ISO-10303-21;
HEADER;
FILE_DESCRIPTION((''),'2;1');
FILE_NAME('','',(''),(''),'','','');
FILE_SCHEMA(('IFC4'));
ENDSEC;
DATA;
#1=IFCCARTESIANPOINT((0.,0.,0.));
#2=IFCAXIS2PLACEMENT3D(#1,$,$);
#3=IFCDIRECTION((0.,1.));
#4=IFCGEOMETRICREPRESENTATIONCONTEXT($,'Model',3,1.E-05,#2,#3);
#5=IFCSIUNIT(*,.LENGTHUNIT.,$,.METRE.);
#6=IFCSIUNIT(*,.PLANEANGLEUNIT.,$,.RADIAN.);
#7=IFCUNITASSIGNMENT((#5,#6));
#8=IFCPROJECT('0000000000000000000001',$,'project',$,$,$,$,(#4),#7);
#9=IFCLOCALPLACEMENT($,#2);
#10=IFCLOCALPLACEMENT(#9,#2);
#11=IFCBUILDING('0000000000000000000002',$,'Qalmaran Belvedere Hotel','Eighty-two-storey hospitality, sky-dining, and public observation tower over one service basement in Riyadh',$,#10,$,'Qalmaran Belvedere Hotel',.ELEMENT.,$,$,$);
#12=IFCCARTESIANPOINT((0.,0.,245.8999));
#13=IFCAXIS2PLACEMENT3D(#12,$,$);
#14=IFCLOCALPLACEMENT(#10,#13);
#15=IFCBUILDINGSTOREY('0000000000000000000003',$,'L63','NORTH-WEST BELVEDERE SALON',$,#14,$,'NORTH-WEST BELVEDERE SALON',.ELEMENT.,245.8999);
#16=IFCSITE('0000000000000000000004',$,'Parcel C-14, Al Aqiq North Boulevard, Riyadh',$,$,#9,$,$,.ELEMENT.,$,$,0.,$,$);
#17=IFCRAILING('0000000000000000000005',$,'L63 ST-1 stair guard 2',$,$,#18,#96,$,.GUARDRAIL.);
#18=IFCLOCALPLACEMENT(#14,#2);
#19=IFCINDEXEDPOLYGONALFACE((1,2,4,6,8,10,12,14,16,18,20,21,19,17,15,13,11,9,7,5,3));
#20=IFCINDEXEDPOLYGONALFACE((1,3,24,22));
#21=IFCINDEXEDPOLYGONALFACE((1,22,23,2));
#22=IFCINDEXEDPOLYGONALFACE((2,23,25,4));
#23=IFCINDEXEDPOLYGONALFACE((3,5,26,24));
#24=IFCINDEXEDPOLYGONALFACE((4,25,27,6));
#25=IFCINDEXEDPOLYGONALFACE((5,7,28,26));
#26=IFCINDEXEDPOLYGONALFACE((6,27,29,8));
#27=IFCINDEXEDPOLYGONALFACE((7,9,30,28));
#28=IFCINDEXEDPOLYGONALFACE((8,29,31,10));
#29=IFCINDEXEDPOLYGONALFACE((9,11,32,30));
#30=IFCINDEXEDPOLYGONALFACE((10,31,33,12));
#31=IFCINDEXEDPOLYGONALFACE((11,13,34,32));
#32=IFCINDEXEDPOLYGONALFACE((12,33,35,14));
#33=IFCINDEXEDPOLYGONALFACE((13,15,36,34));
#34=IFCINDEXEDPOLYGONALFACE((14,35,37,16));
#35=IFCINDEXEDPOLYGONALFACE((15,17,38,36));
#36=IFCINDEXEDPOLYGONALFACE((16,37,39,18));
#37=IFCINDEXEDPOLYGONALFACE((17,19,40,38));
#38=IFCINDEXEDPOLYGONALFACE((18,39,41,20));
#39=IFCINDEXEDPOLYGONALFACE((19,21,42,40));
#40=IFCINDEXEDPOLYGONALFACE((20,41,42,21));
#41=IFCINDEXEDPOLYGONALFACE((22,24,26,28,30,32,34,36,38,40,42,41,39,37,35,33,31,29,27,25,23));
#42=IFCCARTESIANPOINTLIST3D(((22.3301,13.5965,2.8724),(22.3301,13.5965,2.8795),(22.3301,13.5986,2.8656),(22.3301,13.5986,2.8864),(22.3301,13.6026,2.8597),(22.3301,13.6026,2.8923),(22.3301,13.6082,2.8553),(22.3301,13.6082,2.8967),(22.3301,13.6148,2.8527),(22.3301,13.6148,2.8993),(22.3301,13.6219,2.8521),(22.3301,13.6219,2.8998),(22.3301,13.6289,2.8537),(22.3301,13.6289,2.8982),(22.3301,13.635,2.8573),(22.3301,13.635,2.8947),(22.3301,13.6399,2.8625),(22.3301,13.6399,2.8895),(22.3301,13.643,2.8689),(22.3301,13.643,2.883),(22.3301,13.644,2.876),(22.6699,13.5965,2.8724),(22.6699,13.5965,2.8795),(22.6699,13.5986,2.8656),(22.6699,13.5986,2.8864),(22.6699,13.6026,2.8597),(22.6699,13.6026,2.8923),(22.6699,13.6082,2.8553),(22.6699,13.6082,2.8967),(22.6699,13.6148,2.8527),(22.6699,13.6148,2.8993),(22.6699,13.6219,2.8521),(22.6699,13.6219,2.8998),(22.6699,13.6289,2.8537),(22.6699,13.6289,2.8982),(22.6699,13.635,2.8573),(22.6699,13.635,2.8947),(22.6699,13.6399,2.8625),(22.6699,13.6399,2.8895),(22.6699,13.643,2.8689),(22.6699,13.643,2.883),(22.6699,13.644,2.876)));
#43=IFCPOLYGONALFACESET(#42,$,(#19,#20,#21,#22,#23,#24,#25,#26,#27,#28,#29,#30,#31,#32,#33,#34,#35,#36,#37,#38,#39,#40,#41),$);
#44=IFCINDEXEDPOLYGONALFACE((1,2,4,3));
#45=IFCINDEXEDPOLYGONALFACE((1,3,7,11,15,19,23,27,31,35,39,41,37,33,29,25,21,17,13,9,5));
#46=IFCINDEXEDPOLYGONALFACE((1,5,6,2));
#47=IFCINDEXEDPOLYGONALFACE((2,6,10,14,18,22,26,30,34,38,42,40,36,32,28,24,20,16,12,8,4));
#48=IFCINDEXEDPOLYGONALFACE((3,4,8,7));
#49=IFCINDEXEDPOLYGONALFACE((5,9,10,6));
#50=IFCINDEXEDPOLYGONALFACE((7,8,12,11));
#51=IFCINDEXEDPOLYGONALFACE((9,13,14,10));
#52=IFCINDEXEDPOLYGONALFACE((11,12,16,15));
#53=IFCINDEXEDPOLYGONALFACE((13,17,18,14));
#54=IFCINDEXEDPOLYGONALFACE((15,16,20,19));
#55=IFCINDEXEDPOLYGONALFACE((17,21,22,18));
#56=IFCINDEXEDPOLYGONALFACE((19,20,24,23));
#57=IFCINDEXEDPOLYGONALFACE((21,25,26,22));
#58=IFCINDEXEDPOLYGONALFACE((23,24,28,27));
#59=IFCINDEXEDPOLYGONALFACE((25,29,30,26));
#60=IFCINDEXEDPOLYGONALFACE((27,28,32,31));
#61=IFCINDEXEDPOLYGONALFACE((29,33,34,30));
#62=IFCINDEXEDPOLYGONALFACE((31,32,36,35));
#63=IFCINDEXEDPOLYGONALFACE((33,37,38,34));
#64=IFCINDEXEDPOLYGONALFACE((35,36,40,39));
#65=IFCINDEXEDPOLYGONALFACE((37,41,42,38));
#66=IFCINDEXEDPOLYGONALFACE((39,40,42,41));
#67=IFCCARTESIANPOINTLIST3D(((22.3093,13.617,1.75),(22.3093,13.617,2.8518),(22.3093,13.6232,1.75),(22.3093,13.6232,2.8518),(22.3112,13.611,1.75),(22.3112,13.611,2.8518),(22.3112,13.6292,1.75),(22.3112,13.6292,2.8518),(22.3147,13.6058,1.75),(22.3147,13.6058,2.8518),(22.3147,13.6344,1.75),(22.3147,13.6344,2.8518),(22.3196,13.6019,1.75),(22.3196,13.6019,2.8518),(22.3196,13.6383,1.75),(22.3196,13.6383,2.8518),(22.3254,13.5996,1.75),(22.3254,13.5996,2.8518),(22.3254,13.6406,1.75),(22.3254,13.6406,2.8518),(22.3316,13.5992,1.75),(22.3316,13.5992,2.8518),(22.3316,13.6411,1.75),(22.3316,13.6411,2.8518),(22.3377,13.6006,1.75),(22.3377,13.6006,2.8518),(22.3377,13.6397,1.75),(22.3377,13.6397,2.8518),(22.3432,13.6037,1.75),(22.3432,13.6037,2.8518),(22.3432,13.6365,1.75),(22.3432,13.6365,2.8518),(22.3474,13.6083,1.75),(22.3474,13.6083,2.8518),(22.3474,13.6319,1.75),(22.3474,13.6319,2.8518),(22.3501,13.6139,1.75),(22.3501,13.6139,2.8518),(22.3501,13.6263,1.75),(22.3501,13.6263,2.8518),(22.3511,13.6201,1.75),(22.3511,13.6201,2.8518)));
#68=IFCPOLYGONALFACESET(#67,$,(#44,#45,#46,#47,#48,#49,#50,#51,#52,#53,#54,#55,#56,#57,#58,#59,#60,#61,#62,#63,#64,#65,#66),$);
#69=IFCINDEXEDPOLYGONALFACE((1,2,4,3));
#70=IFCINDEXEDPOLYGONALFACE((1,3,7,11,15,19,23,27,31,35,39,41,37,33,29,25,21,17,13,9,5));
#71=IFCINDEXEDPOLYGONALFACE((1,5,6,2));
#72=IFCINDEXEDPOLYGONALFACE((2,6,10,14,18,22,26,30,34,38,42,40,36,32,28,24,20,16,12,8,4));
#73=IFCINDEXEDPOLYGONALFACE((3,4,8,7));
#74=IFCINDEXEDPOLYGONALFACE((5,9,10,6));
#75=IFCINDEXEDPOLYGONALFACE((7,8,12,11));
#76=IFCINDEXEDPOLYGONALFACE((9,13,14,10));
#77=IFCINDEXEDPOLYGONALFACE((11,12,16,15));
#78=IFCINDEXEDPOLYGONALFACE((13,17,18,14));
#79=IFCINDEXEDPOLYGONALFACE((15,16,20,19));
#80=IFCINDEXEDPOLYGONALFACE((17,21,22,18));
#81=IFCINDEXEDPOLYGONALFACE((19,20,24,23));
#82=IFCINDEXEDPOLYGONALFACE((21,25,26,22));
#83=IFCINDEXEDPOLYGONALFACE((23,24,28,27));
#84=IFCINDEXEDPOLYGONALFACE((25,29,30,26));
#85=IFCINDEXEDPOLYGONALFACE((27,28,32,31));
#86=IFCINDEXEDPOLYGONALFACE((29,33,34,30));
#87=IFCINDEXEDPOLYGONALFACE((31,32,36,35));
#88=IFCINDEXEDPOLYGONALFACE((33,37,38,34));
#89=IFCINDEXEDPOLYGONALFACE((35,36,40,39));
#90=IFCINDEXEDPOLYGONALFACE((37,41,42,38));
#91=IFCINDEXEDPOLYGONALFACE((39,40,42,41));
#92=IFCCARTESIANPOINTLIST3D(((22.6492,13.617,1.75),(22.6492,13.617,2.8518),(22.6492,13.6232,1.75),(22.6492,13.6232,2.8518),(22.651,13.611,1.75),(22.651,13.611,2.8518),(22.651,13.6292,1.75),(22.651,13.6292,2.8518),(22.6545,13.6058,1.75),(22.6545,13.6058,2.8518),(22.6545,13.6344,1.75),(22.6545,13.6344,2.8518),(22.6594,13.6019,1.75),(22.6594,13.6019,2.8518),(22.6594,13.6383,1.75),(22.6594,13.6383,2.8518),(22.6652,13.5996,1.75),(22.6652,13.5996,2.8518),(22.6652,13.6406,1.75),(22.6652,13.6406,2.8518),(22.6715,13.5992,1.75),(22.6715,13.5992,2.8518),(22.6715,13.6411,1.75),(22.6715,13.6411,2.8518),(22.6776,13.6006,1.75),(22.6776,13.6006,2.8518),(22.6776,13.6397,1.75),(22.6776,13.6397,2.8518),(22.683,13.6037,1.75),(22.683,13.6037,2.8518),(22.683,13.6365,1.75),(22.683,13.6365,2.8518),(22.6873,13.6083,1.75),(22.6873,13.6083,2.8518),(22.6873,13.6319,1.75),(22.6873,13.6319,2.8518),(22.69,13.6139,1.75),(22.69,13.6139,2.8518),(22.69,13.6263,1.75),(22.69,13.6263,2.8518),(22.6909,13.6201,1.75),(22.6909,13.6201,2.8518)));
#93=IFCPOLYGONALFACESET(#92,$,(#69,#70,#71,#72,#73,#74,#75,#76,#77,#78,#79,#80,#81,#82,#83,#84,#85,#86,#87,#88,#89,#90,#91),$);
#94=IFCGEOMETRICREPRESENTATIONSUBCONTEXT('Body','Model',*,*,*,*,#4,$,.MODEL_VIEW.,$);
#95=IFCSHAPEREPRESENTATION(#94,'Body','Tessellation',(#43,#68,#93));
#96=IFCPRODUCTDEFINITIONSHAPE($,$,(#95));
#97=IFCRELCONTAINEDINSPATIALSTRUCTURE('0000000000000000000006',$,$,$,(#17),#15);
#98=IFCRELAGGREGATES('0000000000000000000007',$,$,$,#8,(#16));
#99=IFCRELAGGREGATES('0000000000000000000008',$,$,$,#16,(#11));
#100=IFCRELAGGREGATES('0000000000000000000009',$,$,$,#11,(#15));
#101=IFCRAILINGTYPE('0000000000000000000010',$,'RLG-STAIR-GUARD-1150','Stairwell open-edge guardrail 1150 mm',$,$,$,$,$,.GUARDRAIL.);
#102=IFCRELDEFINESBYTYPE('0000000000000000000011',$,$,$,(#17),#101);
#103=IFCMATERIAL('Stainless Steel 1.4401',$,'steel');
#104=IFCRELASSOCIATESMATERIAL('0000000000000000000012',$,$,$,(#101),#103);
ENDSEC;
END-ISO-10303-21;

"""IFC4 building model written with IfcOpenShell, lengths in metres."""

from ifc_helpers import new_model, si_unit, direction, frame, origin, origin_2d, place, context, subcontext, project, spatial, circle, extrude, material, type_object, element, save


model = new_model("IFC4")

# Units and contexts
model_context = context("Model", 3, precision=1e-05, world=origin(), true_north=direction((0.0, 1.0)))
body_context = subcontext(model_context, "Body", "Model", "MODEL_VIEW")
ifc_project = project(units=[si_unit("LENGTHUNIT", "METRE"), si_unit("PLANEANGLEUNIT", "RADIAN")], contexts=[model_context])

# Site, building, storey
site_placement = place(None, origin())
site = spatial("IfcSite", under=ifc_project, at=site_placement, Name="Parcel C-14, Al Aqiq North Boulevard, Riyadh", CompositionType="ELEMENT", RefElevation=0.0)
building_placement = place(site_placement, origin())
building = spatial("IfcBuilding", under=site, at=building_placement, Name="Qalmaran Belvedere Hotel", Description="Eighty-two-storey hospitality, sky-dining, and public observation tower over one service basement in Riyadh", LongName="Qalmaran Belvedere Hotel", CompositionType="ELEMENT")
storey_placement = place(building_placement, frame((0.0, 0.0, 245.8999)))
storey = spatial("IfcBuildingStorey", under=building, at=storey_placement, Name="L63", Description="NORTH-WEST BELVEDERE SALON", LongName="NORTH-WEST BELVEDERE SALON", CompositionType="ELEMENT", Elevation=245.8999)

# Shared definitions
ifc_material_1 = material(Name="Stainless Steel 1.4401", Category="steel")

# Railing
railing_type_1 = type_object("IfcRailingType", Name="RLG-STAIR-GUARD-1150", Description="Stairwell open-edge guardrail 1150 mm", PredefinedType="GUARDRAIL", material=ifc_material_1)
railing_1_placement = place(storey_placement, frame((22.3301, 13.6201, 1.75)))
element("IfcRailing", 1, at=railing_1_placement, inside=storey, type_object=railing_type_1, Name="L63 ST-1 stair guard 2", PredefinedType="GUARDRAIL", context=body_context, shape_type="SweptSolid", body=[
    extrude(circle(Radius=0.0239, at=origin_2d()), frame((0.0, 0.0, 1.126), z_axis=(1.0, 0.0, 0.0), x_axis=(0.0, 1.0, 0.0)), (0.0, 0.0, 1.0), 0.3398),
    extrude(circle(Radius=0.021, at=origin_2d()), origin(), (0.0, 0.0, 1.0), 1.1018),
    extrude(circle(Radius=0.021, at=origin_2d()), frame((0.3398, 0.0, 0.0)), (0.0, 0.0, 1.0), 1.1018),
])

save(model, "model.ifc")
